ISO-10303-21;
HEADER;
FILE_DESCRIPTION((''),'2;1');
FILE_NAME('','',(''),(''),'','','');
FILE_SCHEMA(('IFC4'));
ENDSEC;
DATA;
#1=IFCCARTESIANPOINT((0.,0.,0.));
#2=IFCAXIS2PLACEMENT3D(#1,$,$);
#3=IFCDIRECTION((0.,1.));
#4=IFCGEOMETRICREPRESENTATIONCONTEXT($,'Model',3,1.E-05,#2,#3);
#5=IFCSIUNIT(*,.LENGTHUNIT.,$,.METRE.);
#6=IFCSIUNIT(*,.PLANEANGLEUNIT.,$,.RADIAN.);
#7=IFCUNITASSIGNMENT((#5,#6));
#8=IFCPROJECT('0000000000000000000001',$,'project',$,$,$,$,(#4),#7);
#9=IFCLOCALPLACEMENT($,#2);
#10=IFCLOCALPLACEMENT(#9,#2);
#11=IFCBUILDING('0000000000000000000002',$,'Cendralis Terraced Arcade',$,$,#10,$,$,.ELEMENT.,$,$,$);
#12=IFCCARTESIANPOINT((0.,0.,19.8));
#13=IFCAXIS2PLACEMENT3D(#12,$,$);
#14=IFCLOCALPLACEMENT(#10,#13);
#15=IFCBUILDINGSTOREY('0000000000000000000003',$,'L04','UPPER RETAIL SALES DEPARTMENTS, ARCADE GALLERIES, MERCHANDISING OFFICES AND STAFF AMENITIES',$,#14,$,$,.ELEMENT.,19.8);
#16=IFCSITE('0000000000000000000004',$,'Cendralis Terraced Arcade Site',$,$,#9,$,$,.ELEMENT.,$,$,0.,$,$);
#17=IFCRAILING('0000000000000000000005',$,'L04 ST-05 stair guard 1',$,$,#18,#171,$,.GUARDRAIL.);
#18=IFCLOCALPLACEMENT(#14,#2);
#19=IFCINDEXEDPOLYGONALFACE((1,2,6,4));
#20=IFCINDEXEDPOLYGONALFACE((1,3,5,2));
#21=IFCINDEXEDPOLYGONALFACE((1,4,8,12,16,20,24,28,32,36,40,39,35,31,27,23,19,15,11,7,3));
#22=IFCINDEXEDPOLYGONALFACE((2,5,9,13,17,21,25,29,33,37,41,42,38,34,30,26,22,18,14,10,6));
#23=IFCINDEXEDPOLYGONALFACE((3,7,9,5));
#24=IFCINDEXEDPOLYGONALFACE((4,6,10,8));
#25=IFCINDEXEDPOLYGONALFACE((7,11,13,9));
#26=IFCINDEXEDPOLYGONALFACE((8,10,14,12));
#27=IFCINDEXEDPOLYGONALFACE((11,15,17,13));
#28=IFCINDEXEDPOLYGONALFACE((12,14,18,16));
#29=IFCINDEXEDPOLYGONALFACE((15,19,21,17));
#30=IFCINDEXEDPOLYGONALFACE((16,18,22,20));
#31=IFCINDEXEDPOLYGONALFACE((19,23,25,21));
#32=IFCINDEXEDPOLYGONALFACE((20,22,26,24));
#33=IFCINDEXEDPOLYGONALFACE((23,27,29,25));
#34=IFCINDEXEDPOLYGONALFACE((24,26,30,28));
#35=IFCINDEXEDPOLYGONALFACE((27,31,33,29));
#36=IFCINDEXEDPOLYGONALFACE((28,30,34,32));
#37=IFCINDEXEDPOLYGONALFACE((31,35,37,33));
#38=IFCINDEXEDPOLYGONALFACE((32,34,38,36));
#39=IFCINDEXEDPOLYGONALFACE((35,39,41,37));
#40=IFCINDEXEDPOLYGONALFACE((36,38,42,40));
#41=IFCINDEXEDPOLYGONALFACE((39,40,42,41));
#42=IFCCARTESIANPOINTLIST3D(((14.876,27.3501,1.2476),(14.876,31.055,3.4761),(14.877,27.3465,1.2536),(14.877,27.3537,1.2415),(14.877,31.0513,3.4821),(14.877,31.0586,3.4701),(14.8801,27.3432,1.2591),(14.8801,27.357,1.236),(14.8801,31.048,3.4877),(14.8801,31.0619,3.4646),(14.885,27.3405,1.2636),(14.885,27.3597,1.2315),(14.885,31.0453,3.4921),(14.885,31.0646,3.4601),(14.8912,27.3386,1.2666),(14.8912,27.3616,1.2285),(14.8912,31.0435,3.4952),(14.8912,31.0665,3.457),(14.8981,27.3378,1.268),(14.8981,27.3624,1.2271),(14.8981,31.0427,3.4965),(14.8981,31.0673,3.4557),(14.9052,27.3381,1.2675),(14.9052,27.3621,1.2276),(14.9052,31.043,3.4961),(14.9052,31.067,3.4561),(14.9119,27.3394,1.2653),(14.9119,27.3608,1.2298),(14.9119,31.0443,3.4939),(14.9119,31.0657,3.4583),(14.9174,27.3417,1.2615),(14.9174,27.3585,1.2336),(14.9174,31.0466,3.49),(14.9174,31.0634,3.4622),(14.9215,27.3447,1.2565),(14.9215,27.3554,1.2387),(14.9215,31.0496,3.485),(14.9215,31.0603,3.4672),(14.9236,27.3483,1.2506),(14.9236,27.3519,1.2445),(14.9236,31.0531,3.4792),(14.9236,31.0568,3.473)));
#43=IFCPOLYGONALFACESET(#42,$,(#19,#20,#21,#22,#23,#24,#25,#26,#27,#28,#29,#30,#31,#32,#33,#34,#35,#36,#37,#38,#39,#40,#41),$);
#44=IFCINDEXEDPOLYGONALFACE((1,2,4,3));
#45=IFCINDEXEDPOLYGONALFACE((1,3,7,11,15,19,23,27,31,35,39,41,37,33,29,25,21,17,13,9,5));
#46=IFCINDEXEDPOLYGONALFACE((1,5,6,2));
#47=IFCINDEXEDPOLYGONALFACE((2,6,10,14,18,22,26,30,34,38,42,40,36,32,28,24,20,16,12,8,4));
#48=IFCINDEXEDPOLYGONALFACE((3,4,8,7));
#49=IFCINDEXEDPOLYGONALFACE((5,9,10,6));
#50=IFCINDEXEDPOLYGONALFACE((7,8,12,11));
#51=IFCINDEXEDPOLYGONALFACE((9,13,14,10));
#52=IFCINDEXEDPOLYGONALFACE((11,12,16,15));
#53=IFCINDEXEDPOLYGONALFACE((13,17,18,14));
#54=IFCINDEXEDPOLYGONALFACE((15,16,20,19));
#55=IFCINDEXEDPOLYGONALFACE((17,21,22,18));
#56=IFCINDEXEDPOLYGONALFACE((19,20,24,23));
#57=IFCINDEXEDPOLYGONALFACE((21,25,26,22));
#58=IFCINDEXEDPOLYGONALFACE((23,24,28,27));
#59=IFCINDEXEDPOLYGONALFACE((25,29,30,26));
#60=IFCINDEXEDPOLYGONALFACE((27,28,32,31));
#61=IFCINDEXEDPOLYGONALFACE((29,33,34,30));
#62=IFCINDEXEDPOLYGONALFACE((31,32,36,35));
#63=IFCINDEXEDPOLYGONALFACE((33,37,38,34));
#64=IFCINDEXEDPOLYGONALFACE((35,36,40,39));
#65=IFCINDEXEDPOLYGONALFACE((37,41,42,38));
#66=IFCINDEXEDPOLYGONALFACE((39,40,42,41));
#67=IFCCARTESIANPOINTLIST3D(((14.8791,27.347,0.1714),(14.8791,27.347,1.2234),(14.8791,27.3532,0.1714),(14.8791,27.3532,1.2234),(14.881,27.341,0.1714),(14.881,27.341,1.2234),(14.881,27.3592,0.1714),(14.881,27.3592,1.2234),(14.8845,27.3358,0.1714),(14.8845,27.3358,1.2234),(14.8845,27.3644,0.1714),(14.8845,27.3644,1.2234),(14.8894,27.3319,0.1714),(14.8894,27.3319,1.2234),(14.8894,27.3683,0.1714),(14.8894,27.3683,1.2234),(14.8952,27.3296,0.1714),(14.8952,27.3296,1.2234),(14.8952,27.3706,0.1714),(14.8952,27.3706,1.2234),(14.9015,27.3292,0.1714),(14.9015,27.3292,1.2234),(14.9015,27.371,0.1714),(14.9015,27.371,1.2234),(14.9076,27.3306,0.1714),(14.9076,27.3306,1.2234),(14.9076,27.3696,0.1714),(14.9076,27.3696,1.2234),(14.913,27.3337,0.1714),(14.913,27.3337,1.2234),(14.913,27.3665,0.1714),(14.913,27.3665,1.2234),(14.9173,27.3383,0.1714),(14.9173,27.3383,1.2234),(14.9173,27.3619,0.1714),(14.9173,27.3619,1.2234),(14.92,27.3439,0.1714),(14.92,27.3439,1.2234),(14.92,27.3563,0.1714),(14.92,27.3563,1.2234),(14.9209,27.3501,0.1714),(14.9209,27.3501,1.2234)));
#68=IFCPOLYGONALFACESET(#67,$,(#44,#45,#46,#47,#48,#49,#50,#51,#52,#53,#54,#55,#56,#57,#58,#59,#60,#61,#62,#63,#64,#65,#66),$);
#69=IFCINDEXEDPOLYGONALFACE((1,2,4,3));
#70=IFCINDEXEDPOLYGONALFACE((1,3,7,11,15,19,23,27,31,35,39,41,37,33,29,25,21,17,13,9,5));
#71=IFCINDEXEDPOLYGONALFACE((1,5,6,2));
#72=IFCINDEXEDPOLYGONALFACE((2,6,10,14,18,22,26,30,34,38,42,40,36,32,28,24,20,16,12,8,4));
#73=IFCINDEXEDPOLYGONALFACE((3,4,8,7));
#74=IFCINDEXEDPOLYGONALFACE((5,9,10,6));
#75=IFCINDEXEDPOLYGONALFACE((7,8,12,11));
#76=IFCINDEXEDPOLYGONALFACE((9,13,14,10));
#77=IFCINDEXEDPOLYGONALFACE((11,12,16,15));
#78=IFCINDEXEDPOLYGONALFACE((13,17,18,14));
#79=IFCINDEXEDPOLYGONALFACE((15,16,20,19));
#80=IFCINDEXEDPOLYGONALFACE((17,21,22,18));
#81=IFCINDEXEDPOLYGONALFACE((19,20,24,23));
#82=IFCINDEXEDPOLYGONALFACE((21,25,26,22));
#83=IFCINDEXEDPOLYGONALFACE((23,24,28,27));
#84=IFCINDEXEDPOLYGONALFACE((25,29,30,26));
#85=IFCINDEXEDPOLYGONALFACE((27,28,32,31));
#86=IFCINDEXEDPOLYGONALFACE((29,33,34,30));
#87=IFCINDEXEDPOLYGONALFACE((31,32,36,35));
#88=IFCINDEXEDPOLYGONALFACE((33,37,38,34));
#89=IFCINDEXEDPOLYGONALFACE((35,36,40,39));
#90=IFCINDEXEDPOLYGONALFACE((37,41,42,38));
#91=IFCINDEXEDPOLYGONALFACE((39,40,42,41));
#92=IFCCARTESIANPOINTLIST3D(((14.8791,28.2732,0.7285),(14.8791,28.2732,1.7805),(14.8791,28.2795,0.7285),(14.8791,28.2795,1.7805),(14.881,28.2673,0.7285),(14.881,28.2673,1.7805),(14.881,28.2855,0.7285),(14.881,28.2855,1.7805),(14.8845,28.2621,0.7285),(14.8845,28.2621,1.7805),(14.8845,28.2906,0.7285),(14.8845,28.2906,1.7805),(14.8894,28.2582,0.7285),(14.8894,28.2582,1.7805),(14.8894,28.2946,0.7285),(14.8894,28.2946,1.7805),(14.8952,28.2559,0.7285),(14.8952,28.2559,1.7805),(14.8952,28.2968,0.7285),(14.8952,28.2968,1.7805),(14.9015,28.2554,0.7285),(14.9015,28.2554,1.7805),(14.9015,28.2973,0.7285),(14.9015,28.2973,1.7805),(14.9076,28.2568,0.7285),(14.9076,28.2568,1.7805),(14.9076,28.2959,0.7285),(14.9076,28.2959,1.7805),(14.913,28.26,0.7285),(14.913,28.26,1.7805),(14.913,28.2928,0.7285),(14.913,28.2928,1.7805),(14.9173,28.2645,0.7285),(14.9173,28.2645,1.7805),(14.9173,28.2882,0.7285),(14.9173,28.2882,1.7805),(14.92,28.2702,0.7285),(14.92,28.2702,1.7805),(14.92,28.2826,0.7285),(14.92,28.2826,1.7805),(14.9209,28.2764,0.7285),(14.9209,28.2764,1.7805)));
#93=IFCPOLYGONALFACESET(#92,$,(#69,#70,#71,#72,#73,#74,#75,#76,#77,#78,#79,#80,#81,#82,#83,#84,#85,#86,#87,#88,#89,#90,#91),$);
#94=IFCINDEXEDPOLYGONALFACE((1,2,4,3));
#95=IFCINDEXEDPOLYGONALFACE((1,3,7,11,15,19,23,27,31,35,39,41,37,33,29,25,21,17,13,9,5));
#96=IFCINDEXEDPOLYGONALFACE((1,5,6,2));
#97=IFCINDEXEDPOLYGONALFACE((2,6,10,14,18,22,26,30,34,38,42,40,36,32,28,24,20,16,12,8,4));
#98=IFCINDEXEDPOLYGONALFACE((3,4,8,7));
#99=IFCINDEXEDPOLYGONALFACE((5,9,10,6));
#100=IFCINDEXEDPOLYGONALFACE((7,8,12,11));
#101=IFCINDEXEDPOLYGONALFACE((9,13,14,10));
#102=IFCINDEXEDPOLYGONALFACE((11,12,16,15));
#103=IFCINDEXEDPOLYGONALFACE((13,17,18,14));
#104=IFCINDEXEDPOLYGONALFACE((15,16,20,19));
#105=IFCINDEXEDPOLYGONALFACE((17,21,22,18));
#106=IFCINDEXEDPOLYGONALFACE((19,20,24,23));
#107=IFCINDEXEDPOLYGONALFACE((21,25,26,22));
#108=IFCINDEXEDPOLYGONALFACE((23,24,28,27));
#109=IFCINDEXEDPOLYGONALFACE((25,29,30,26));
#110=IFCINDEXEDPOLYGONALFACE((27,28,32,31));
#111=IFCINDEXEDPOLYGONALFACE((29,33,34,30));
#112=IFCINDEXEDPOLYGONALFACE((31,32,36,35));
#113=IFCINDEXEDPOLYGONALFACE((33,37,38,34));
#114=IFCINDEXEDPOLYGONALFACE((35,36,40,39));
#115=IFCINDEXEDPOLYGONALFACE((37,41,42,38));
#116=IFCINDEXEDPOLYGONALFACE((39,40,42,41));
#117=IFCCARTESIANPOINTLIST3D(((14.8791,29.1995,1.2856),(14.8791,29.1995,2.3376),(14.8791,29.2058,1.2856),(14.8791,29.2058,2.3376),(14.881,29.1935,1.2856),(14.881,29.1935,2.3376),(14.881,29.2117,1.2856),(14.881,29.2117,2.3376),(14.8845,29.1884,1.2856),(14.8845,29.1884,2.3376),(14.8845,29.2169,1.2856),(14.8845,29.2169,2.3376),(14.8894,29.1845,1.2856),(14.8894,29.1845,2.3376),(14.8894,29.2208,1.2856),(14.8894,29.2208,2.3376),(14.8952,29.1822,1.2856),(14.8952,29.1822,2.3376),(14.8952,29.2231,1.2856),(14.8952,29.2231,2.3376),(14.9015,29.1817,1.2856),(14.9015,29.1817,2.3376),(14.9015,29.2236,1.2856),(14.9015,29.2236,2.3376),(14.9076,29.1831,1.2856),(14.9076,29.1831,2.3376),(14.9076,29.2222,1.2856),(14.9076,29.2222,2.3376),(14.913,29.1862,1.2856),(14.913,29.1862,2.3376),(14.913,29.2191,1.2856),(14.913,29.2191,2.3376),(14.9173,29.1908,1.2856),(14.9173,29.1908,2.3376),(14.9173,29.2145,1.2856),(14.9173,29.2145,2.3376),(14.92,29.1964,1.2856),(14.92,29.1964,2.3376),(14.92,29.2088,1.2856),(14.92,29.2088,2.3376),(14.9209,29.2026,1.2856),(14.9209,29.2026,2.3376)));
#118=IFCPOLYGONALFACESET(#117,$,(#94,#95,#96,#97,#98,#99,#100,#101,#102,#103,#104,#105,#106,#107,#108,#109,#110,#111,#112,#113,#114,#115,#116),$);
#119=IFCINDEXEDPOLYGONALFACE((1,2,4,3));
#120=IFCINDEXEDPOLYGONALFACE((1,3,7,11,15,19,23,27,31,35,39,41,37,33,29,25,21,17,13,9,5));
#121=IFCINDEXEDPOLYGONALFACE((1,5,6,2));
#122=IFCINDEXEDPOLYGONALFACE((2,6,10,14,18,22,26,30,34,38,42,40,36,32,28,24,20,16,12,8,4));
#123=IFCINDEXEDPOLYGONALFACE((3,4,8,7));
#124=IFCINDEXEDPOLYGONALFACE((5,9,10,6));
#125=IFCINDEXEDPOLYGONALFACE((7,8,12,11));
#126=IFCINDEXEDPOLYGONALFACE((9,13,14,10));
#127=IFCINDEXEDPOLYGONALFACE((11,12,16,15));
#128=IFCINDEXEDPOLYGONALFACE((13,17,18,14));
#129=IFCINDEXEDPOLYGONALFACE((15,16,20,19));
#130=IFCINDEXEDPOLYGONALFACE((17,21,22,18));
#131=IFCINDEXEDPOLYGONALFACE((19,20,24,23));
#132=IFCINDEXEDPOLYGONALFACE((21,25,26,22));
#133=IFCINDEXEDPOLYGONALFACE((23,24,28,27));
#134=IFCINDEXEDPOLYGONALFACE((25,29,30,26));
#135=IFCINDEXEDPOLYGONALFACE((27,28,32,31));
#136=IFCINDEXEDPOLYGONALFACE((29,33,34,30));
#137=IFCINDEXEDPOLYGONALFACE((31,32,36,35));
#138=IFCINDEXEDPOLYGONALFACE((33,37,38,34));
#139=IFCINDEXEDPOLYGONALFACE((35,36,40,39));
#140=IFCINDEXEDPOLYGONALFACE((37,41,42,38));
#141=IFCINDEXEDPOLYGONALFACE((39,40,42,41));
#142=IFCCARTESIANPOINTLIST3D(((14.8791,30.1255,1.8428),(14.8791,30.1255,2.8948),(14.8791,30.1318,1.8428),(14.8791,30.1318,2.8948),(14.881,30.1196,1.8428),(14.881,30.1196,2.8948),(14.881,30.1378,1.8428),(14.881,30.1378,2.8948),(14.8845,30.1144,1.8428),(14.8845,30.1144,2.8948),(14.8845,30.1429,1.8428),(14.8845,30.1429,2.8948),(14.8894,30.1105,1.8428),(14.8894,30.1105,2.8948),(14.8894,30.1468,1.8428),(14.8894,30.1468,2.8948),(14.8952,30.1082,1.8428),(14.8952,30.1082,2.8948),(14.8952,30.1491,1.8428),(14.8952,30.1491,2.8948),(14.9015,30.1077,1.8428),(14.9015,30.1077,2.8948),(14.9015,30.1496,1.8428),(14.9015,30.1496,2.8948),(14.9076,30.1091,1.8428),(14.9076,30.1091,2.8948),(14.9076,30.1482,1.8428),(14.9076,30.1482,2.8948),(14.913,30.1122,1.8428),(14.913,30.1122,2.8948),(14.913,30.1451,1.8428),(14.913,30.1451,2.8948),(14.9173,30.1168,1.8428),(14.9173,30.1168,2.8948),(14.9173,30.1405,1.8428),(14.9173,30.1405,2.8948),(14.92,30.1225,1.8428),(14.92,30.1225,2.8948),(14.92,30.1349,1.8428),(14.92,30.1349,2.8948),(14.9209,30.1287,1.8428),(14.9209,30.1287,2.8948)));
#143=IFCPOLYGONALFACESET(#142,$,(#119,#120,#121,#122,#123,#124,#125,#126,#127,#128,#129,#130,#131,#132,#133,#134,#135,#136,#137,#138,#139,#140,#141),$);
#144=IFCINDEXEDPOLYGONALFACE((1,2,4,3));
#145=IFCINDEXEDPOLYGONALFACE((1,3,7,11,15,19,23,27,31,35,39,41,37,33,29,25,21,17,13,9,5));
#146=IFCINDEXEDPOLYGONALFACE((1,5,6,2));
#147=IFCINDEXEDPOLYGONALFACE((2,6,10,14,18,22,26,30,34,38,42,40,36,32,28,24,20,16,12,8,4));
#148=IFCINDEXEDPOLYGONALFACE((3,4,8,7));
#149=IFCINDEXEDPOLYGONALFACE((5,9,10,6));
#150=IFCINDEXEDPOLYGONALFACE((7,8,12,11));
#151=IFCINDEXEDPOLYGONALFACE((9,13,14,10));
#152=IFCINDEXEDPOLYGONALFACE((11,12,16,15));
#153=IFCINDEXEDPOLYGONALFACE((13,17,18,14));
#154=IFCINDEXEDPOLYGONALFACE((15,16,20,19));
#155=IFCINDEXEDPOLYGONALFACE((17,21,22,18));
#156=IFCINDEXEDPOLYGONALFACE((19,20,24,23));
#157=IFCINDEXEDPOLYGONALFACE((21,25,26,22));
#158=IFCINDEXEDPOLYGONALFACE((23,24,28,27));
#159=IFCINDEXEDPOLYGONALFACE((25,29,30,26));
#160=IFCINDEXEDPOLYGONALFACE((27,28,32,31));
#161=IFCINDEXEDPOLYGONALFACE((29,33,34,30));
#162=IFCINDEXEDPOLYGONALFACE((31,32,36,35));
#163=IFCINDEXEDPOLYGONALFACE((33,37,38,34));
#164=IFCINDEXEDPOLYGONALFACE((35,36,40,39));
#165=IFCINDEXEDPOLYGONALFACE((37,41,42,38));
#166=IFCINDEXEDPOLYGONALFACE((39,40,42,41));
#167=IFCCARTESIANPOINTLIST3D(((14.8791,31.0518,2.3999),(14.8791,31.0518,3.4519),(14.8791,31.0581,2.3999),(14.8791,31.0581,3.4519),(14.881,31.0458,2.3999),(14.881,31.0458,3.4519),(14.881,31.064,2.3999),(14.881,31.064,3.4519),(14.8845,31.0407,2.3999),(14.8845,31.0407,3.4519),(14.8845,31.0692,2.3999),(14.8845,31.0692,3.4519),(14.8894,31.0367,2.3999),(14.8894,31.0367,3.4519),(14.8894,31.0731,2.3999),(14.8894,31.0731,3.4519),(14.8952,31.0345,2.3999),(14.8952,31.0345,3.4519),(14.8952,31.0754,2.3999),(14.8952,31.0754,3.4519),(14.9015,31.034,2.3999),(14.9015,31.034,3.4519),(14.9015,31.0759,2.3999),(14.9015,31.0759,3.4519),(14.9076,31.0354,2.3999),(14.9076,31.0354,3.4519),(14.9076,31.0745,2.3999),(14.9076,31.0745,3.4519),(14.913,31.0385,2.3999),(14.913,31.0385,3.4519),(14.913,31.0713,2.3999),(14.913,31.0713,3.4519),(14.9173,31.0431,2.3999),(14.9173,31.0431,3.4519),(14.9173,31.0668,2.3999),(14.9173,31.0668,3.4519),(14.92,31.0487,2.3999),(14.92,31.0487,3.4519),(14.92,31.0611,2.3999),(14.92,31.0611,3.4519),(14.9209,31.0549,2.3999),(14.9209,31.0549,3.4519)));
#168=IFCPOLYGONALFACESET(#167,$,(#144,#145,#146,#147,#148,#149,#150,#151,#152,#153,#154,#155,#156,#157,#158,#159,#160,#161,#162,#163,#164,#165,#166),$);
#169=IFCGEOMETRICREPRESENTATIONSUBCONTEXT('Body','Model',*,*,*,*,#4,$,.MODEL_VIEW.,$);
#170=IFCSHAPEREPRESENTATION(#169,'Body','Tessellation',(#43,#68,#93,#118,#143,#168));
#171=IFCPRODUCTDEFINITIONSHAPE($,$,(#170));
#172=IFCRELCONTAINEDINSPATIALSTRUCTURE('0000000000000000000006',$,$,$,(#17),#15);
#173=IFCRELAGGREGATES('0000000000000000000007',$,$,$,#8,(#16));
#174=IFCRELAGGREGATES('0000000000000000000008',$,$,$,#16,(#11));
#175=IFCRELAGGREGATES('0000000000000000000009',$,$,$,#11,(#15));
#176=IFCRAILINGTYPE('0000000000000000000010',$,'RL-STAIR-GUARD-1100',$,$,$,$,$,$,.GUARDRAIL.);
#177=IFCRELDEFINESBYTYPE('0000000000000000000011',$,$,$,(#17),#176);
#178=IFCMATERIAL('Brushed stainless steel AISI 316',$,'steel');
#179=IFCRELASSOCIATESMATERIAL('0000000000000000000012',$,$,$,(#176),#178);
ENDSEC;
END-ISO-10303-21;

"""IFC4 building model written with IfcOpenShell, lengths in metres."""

from ifc_helpers import new_model, si_unit, direction, frame, origin, origin_2d, place, context, subcontext, project, spatial, circle, extrude, material, type_object, element, save


model = new_model("IFC4")

# Units and contexts
model_context = context("Model", 3, precision=1e-05, world=origin(), true_north=direction((0.0, 1.0)))
body_context = subcontext(model_context, "Body", "Model", "MODEL_VIEW")
ifc_project = project(units=[si_unit("LENGTHUNIT", "METRE"), si_unit("PLANEANGLEUNIT", "RADIAN")], contexts=[model_context])

# Site, building, storey
site_placement = place(None, origin())
site = spatial("IfcSite", under=ifc_project, at=site_placement, Name="Cendralis Terraced Arcade Site", CompositionType="ELEMENT", RefElevation=0.0)
building_placement = place(site_placement, origin())
building = spatial("IfcBuilding", under=site, at=building_placement, Name="Cendralis Terraced Arcade", CompositionType="ELEMENT")
storey_placement = place(building_placement, frame((0.0, 0.0, 19.8)))
storey = spatial("IfcBuildingStorey", under=building, at=storey_placement, Name="L04", Description="UPPER RETAIL SALES DEPARTMENTS, ARCADE GALLERIES, MERCHANDISING OFFICES AND STAFF AMENITIES", CompositionType="ELEMENT", Elevation=19.8)

# Railing
ifc_material_1 = material(Name="Brushed stainless steel AISI 316", Category="steel")
railing_type_1 = type_object("IfcRailingType", Name="RL-STAIR-GUARD-1100", PredefinedType="GUARDRAIL", material=ifc_material_1)
railing_1_placement = place(storey_placement, frame((14.8999, 27.3501, 0.1714)))
element("IfcRailing", 1, at=railing_1_placement, inside=storey, type_object=railing_type_1, Name="L04 ST-05 stair guard 1", PredefinedType="GUARDRAIL", context=body_context, shape_type="SweptSolid", body=[
    extrude(circle(Radius=0.0239, at=origin_2d()), frame((0.0, 0.0, 1.0762), z_axis=(0.0, 0.856919, 0.51545), x_axis=(-1.0, 0.0, 0.0)), (0.0, 0.0, 1.0), 4.3235),
    extrude(circle(Radius=0.021, at=origin_2d()), origin(), (0.0, 0.0, 1.0), 1.052),
    extrude(circle(Radius=0.021, at=origin_2d()), frame((0.0, 0.9263, 0.5571)), (0.0, 0.0, 1.0), 1.052),
    extrude(circle(Radius=0.021, at=origin_2d()), frame((0.0, 1.8525, 1.1143)), (0.0, 0.0, 1.0), 1.052),
    extrude(circle(Radius=0.021, at=origin_2d()), frame((0.0, 2.7786, 1.6714)), (0.0, 0.0, 1.0), 1.052),
    extrude(circle(Radius=0.021, at=origin_2d()), frame((0.0, 3.7048, 2.2285)), (0.0, 0.0, 1.0), 1.052),
])

save(model, "model.ifc")
